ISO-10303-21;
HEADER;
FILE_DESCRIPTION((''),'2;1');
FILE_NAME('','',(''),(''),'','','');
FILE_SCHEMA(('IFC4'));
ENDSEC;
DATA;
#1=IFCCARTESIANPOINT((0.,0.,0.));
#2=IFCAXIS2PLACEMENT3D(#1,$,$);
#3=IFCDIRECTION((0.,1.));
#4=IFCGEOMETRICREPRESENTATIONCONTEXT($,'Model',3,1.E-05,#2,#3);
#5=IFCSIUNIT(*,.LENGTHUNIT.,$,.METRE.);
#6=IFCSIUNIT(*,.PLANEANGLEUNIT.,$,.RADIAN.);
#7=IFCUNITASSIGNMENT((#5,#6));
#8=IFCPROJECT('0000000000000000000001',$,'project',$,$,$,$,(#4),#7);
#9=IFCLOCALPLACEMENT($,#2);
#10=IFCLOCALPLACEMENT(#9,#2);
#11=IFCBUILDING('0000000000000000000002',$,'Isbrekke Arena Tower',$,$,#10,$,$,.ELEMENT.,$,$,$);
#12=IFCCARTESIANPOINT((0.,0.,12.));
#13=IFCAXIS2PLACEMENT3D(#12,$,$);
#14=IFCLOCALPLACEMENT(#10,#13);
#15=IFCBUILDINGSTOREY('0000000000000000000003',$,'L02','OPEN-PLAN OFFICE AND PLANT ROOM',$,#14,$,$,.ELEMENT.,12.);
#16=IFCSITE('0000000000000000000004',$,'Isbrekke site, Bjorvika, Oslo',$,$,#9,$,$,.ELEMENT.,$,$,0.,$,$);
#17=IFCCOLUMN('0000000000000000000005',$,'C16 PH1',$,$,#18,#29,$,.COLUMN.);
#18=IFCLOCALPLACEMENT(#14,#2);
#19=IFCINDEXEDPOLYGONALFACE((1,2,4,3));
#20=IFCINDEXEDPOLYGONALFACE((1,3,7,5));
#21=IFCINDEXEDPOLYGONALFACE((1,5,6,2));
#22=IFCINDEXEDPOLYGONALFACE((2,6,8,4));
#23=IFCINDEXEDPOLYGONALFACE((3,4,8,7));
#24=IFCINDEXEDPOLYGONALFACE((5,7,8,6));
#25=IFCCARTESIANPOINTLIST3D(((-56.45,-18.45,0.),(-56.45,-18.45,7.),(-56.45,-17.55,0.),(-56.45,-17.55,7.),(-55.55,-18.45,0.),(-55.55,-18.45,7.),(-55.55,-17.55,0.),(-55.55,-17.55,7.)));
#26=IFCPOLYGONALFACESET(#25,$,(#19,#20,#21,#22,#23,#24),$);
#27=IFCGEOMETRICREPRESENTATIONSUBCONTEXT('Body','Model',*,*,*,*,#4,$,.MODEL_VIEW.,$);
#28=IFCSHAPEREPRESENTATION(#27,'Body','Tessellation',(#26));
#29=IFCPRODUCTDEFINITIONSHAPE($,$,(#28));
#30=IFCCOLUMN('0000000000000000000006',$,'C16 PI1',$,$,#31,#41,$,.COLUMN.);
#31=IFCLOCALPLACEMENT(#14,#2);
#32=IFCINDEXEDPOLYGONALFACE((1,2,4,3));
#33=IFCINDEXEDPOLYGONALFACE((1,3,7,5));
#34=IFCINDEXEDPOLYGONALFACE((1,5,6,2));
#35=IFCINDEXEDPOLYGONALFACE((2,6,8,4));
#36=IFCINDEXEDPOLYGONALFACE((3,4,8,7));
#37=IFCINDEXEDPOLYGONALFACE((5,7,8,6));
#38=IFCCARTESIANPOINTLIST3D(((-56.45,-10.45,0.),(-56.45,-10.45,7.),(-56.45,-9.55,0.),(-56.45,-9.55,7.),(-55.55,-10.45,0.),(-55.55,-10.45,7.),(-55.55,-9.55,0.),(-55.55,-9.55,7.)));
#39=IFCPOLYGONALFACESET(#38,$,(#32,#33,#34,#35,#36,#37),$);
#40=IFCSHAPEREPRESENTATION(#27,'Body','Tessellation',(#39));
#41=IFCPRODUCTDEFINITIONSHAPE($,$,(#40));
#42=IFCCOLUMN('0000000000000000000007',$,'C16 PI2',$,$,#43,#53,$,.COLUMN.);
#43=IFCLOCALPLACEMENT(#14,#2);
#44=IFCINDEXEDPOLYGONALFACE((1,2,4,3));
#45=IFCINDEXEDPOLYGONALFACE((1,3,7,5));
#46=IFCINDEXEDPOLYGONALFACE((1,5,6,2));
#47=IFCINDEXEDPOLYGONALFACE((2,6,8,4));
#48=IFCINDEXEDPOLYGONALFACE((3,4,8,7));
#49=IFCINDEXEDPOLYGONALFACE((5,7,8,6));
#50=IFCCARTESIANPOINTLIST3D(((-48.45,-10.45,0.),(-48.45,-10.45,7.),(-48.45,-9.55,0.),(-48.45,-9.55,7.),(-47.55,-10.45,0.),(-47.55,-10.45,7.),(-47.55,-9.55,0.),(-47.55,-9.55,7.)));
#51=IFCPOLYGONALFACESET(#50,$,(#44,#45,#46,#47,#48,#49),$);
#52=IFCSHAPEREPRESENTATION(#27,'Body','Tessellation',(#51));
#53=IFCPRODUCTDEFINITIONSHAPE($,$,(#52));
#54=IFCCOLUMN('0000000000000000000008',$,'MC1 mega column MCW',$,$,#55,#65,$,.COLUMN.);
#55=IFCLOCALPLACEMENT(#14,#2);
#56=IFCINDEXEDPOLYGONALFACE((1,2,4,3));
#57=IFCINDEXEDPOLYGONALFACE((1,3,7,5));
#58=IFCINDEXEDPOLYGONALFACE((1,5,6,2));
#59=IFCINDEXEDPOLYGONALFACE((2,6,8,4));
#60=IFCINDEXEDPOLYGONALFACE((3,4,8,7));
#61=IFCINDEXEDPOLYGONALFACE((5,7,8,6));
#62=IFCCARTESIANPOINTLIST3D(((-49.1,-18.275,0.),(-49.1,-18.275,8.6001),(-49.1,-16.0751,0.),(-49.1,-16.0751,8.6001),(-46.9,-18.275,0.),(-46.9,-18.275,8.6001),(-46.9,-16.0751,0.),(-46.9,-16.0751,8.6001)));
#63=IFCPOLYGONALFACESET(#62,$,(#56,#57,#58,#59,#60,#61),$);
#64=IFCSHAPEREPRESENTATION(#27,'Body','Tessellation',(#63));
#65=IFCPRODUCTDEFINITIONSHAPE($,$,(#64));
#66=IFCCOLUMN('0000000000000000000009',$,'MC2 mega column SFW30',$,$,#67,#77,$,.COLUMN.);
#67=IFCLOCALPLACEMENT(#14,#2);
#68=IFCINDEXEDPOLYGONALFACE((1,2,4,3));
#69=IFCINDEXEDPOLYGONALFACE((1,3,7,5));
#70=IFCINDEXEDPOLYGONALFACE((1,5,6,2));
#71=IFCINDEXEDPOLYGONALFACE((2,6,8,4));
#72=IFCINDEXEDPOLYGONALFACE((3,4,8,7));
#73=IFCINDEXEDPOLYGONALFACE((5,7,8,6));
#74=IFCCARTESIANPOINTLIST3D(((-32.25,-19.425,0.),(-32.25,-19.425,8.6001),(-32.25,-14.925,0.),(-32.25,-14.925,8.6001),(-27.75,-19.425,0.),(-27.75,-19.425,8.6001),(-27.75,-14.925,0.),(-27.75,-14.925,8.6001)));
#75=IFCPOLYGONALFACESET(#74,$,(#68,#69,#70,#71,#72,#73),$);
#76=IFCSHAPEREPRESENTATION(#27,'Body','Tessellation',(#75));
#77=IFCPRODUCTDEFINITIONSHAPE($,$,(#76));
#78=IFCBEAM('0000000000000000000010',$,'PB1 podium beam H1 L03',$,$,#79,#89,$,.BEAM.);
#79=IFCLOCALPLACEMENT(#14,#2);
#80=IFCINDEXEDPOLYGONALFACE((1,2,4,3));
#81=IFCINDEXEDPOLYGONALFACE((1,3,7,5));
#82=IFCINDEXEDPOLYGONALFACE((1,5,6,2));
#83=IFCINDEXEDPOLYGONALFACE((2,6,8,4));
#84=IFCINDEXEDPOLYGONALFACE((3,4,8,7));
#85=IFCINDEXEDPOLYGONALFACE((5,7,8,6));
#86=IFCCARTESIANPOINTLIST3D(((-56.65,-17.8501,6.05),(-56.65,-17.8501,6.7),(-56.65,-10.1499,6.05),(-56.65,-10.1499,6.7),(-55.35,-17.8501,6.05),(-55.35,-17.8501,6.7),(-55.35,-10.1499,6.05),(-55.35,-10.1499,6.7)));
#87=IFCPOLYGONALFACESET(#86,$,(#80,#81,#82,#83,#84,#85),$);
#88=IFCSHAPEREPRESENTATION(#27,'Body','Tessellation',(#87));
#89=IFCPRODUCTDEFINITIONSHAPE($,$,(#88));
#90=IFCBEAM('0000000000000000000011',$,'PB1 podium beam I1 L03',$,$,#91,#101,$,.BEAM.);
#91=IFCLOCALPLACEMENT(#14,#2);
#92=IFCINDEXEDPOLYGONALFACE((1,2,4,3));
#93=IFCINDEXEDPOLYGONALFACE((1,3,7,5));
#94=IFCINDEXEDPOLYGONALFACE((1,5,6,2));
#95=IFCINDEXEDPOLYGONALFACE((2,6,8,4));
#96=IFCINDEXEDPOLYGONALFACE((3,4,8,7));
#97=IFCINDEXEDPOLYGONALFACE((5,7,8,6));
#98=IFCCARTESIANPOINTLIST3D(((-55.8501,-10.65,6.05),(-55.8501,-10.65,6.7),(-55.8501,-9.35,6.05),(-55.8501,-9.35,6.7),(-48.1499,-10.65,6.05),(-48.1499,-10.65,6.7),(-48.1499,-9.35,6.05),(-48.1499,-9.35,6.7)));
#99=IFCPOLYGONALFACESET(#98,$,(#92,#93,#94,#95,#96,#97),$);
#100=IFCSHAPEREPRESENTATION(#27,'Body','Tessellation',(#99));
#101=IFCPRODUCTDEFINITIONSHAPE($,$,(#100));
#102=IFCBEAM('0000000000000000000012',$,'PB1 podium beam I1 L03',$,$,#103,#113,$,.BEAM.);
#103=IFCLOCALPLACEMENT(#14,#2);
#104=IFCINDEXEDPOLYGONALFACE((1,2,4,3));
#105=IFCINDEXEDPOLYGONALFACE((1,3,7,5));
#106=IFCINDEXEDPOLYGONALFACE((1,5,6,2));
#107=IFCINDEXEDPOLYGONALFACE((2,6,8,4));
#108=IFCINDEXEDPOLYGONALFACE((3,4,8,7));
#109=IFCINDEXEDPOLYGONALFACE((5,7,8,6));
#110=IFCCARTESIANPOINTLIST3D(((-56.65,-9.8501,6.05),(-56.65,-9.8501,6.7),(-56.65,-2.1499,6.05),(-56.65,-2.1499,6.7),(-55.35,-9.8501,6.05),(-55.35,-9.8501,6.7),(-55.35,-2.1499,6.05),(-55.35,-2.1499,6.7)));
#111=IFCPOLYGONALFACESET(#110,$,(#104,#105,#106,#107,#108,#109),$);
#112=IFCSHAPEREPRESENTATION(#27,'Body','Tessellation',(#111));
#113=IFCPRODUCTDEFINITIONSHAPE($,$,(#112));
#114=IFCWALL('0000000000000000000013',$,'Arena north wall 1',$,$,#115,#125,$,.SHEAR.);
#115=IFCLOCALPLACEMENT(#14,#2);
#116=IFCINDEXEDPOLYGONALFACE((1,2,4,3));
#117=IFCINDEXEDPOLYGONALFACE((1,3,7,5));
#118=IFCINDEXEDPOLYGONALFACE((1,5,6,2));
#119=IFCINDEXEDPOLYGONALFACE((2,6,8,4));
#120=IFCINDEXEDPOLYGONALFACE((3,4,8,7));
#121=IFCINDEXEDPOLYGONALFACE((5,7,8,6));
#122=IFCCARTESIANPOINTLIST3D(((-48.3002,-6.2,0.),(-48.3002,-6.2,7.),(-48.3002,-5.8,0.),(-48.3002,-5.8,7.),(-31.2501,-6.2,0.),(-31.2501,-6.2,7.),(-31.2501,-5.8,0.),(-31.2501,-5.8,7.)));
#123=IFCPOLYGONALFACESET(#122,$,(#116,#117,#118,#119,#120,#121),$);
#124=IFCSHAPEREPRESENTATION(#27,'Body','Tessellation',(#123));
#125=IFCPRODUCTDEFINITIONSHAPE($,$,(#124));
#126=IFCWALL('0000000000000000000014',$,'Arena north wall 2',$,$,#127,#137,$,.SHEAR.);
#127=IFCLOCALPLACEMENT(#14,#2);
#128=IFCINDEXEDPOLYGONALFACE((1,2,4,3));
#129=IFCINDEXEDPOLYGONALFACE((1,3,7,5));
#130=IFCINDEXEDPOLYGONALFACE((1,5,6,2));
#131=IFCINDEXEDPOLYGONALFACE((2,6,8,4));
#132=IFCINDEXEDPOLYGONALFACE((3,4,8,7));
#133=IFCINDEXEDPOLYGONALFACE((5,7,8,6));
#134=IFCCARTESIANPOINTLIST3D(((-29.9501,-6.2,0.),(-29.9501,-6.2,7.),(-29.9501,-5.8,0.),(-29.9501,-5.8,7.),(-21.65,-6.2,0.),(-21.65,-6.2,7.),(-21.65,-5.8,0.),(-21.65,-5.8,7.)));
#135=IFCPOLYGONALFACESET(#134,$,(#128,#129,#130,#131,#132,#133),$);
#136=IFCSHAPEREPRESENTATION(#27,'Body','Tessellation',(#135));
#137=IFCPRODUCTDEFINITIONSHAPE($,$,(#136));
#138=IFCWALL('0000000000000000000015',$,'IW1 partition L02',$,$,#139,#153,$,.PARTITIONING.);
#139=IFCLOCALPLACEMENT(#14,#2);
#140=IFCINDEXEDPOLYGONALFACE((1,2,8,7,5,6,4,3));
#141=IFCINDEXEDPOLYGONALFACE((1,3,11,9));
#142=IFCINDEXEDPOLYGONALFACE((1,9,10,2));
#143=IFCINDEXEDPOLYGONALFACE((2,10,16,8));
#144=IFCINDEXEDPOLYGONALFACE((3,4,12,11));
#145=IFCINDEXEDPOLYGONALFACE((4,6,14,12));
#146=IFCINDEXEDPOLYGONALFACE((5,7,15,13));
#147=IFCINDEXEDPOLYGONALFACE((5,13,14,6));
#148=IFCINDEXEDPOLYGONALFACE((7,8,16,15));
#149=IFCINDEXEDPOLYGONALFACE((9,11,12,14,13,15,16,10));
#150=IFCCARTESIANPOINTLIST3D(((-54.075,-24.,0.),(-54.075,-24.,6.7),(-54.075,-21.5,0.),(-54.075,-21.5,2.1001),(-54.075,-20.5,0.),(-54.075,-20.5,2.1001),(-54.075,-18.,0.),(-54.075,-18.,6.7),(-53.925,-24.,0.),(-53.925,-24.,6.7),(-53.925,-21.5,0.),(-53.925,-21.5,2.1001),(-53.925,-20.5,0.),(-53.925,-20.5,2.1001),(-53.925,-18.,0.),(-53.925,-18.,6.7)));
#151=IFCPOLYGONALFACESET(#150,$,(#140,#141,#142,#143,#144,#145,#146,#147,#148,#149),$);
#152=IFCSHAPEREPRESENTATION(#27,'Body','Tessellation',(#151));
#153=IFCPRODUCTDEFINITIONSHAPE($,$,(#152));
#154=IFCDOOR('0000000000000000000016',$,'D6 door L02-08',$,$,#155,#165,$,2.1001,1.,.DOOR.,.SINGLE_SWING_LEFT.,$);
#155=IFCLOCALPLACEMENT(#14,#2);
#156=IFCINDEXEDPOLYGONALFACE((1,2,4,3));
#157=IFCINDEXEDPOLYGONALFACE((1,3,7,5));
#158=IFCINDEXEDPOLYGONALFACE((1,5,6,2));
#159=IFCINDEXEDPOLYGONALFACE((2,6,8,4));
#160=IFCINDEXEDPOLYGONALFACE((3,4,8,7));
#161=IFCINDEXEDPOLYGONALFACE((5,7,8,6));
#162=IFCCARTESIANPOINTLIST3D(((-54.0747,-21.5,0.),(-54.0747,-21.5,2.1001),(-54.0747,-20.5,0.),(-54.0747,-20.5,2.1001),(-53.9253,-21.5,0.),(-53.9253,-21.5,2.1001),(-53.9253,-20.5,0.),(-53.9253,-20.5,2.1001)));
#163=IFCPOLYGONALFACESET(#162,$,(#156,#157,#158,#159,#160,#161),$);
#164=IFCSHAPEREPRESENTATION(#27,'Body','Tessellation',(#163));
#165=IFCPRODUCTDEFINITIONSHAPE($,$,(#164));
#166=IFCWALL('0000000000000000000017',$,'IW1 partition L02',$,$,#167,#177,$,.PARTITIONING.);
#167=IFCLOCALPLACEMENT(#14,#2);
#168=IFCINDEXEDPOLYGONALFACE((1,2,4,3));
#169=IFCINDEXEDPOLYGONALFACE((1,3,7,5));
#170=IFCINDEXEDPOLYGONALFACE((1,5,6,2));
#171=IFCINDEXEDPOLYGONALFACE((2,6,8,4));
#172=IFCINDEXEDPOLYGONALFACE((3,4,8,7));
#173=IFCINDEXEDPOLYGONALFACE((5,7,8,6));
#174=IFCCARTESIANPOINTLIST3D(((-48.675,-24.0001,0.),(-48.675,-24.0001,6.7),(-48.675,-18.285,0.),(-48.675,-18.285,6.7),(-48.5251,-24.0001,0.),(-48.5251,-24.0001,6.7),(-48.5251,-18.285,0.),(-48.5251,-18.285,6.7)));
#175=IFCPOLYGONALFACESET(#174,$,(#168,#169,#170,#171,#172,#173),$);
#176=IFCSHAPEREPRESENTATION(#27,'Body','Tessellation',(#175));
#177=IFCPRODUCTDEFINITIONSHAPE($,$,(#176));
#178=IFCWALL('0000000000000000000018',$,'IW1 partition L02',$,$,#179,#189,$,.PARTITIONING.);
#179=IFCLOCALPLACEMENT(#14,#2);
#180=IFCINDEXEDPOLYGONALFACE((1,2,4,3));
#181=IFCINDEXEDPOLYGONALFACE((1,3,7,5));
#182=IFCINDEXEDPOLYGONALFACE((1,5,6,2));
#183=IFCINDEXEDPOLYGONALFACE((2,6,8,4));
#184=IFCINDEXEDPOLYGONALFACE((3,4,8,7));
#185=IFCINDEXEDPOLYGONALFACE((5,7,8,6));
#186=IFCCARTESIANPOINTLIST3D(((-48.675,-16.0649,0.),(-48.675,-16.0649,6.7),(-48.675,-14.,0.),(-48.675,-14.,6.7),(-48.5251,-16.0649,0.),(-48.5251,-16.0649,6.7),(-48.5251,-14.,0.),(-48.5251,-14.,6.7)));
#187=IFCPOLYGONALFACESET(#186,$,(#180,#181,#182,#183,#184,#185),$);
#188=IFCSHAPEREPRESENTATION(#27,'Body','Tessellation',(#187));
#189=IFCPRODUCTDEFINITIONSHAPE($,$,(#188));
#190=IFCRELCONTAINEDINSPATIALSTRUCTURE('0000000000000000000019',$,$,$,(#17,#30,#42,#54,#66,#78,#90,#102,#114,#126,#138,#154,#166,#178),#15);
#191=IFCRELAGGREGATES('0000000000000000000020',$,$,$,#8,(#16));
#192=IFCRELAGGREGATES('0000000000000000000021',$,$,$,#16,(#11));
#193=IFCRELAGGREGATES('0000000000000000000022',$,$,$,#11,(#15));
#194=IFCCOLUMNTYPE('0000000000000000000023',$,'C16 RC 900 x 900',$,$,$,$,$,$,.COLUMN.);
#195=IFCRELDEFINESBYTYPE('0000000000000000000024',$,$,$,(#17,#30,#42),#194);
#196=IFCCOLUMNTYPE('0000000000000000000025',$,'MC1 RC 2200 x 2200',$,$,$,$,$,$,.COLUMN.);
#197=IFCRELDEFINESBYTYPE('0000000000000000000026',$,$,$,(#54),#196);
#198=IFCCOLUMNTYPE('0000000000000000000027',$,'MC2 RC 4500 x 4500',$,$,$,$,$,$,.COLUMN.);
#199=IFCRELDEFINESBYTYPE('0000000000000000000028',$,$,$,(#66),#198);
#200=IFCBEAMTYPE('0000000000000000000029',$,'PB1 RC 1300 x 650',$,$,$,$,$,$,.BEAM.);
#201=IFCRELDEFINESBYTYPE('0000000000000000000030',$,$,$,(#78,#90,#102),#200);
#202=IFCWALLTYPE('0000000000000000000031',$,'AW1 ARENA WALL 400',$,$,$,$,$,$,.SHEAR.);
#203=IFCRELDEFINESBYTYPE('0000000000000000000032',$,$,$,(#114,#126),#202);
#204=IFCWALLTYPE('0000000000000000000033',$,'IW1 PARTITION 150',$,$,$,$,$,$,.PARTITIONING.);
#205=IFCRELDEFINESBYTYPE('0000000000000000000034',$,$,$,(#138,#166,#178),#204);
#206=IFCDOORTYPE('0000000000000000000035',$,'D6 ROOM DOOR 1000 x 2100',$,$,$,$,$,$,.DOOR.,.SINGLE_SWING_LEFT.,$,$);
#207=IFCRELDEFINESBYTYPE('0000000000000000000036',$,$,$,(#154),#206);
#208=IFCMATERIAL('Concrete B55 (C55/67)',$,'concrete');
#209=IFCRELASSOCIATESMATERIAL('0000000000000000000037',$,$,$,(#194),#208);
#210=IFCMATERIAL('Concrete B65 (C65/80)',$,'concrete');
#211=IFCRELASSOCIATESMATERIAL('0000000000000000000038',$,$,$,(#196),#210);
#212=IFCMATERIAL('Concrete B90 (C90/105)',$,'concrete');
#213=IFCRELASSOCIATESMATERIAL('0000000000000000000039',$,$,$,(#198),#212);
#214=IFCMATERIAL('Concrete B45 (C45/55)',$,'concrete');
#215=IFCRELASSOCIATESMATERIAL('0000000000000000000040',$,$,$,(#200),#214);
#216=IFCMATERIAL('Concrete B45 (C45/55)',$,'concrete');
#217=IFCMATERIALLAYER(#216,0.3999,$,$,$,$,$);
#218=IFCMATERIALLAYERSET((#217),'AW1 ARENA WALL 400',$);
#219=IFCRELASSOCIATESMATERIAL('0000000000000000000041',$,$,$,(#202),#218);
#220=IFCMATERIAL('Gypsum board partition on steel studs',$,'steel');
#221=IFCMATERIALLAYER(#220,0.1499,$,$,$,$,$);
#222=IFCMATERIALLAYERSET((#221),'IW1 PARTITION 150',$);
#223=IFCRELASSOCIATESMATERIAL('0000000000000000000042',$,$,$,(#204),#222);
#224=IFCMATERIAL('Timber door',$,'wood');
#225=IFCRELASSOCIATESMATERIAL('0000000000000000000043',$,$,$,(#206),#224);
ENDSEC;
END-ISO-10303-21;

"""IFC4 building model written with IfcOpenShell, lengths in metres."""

from ifc_helpers import new_model, si_unit, direction, frame, frame_2d, origin, origin_2d, place, context, subcontext, project, spatial, rectangle, extrude, material, layer, layer_set, material_profile, profile_set, type_object, element, fill, save


model = new_model("IFC4")

# Units and contexts
model_context = context("Model", 3, precision=1e-05, world=origin(), true_north=direction((0.0, 1.0)))
body_context = subcontext(model_context, "Body", "Model", "MODEL_VIEW")
ifc_project = project(units=[si_unit("LENGTHUNIT", "METRE"), si_unit("PLANEANGLEUNIT", "RADIAN")], contexts=[model_context])

# Site, building, storey
site_placement = place(None, origin())
site = spatial("IfcSite", under=ifc_project, at=site_placement, Name="Isbrekke site, Bjorvika, Oslo", CompositionType="ELEMENT", RefElevation=0.0)
building_placement = place(site_placement, origin())
building = spatial("IfcBuilding", under=site, at=building_placement, Name="Isbrekke Arena Tower", CompositionType="ELEMENT")
storey_placement = place(building_placement, frame((0.0, 0.0, 12.0)))
storey = spatial("IfcBuildingStorey", under=building, at=storey_placement, Name="L02", Description="OPEN-PLAN OFFICE AND PLANT ROOM", CompositionType="ELEMENT", Elevation=12.0)

# Columns
ifc_material_1 = material(Name="Concrete B55 (C55/67)", Category="concrete")
ifc_material_profile_1 = material_profile(ifc_material_1, rectangle(XDim=0.8999, YDim=0.8999, at=origin_2d()), Name="RC 900x900")
ifc_profile_set_1 = profile_set([ifc_material_profile_1], Name="Concrete B55 (C55/67)")
column_type_1 = type_object("IfcColumnType", Name="C16 RC 900 x 900", PredefinedType="COLUMN", material=ifc_profile_set_1)
for number, where, z_axis, x_axis, name in (
    (1, (-56.0, -18.0, 0.0), (0.0, 0.0, 1.0), (1.0, 0.0, 0.0), "C16 PH1"),
    (2, (-56.0, -10.0, 0.0), (0.0, 0.0, 1.0), (1.0, 0.0, 0.0), "C16 PI1"),
    (3, (-48.0, -10.0, 0.0), (0.0, 0.0, 1.0), (1.0, 0.0, 0.0), "C16 PI2"),
):
    element("IfcColumn", number, at=place(storey_placement, frame(where, z_axis=z_axis, x_axis=x_axis)), inside=storey, type_object=column_type_1, Name=name, PredefinedType="COLUMN", context=body_context, shape_type="SweptSolid", body=[
        extrude(rectangle(XDim=0.8999, YDim=0.8999, at=origin_2d()), origin(), (0.0, 0.0, 1.0), 7.0),
    ])
ifc_material_2 = material(Name="Concrete B65 (C65/80)", Category="concrete")
ifc_material_profile_2 = material_profile(ifc_material_2, rectangle(XDim=2.2, YDim=2.2, at=origin_2d()), Name="RC 2200x2200")
ifc_profile_set_2 = profile_set([ifc_material_profile_2], Name="Concrete B65 (C65/80)")
column_type_2 = type_object("IfcColumnType", Name="MC1 RC 2200 x 2200", PredefinedType="COLUMN", material=ifc_profile_set_2)
column_1_placement = place(storey_placement, frame((-48.0, -17.175, 0.0), z_axis=(0.0, 0.0, 1.0), x_axis=(1.0, 0.0, 0.0)))
element("IfcColumn", 4, at=column_1_placement, inside=storey, type_object=column_type_2, Name="MC1 mega column MCW", PredefinedType="COLUMN", context=body_context, shape_type="SweptSolid", body=[
    extrude(rectangle(XDim=2.2, YDim=2.2, at=origin_2d()), origin(), (0.0, 0.0, 1.0), 8.6001),
])
ifc_material_3 = material(Name="Concrete B90 (C90/105)", Category="concrete")
ifc_material_profile_3 = material_profile(ifc_material_3, rectangle(XDim=4.5, YDim=4.5, at=origin_2d()), Name="RC 4500x4500")
ifc_profile_set_3 = profile_set([ifc_material_profile_3], Name="Concrete B90 (C90/105)")
column_type_3 = type_object("IfcColumnType", Name="MC2 RC 4500 x 4500", PredefinedType="COLUMN", material=ifc_profile_set_3)
column_2_placement = place(storey_placement, frame((-30.0, -17.175, 0.0), z_axis=(0.0, 0.0, 1.0), x_axis=(1.0, 0.0, 0.0)))
element("IfcColumn", 5, at=column_2_placement, inside=storey, type_object=column_type_3, Name="MC2 mega column SFW30", PredefinedType="COLUMN", context=body_context, shape_type="SweptSolid", body=[
    extrude(rectangle(XDim=4.5, YDim=4.5, at=origin_2d()), origin(), (0.0, 0.0, 1.0), 8.6001),
])

# Beams
ifc_material_4 = material(Name="Concrete B45 (C45/55)", Category="concrete")
ifc_material_profile_4 = material_profile(ifc_material_4, rectangle(XDim=1.3, YDim=0.6499, at=origin_2d()), Name="RC 1300x650")
ifc_profile_set_4 = profile_set([ifc_material_profile_4], Name="Concrete B45 (C45/55)")
beam_type = type_object("IfcBeamType", Name="PB1 RC 1300 x 650", PredefinedType="BEAM", material=ifc_profile_set_4)
for number, where, z_axis, x_axis, name in (
    (6, (-56.0, -17.8501, 6.375), (0.0, 1.0, 0.0), (-1.0, 0.0, 0.0), "PB1 podium beam H1 L03"),
    (7, (-55.8501, -10.0, 6.375), (1.0, 0.0, 0.0), (0.0, 1.0, 0.0), "PB1 podium beam I1 L03"),
    (8, (-56.0, -9.8501, 6.375), (0.0, 1.0, 0.0), (-1.0, 0.0, 0.0), "PB1 podium beam I1 L03"),
):
    element("IfcBeam", number, at=place(storey_placement, frame(where, z_axis=z_axis, x_axis=x_axis)), inside=storey, type_object=beam_type, Name=name, PredefinedType="BEAM", context=body_context, shape_type="SweptSolid", body=[
        extrude(rectangle(XDim=1.3, YDim=0.6499, at=origin_2d()), origin(), (0.0, 0.0, 1.0), 7.7002),
    ])

# Walls
ifc_material_5 = material(Name="Concrete B45 (C45/55)", Category="concrete")
ifc_layer_1 = layer(ifc_material_5, 0.3999)
ifc_layer_set_1 = layer_set([ifc_layer_1], Name="AW1 ARENA WALL 400")
wall_type_1 = type_object("IfcWallType", Name="AW1 ARENA WALL 400", PredefinedType="SHEAR", material=ifc_layer_set_1)
wall_1_placement = place(storey_placement, frame((-48.3, -6.0, 0.0), z_axis=(0.0, 0.0, 1.0), x_axis=(1.0, 0.0, 0.0)))
element("IfcWall", 9, at=wall_1_placement, inside=storey, type_object=wall_type_1, Name="Arena north wall 1", PredefinedType="SHEAR", context=body_context, shape_type="SweptSolid", body=[
    extrude(rectangle(XDim=17.05, YDim=0.3999, at=frame_2d((8.5249, 0.0))), origin(), (0.0, 0.0, 1.0), 7.0),
])
wall_2_placement = place(storey_placement, frame((-29.95, -6.0, 0.0), z_axis=(0.0, 0.0, 1.0), x_axis=(1.0, 0.0, 0.0)))
element("IfcWall", 10, at=wall_2_placement, inside=storey, type_object=wall_type_1, Name="Arena north wall 2", PredefinedType="SHEAR", context=body_context, shape_type="SweptSolid", body=[
    extrude(rectangle(XDim=8.3, YDim=0.3999, at=frame_2d((4.1499, 0.0))), origin(), (0.0, 0.0, 1.0), 7.0),
])

# Wall, opening, door
ifc_material_6 = material(Name="Gypsum board partition on steel studs", Category="steel")
ifc_layer_2 = layer(ifc_material_6, 0.1499)
ifc_layer_set_2 = layer_set([ifc_layer_2], Name="IW1 PARTITION 150")
wall_type_2 = type_object("IfcWallType", Name="IW1 PARTITION 150", PredefinedType="PARTITIONING", material=ifc_layer_set_2)
wall_3_placement = place(storey_placement, frame((-54.0, -24.0, 0.0), z_axis=(0.0, 0.0, 1.0), x_axis=(0.0, 1.0, 0.0)))
wall_3 = element("IfcWall", 11, at=wall_3_placement, inside=storey, type_object=wall_type_2, Name="IW1 partition L02", PredefinedType="PARTITIONING", context=body_context, shape_type="SweptSolid", body=[
    extrude(rectangle(XDim=6.0, YDim=0.1499, at=frame_2d((3.0, 0.0))), origin(), (0.0, 0.0, 1.0), 6.7),
])
opening_1_placement = place(wall_3_placement, frame((2.5, 0.0, 0.0)))
opening_1 = element("IfcOpeningElement", 12, at=opening_1_placement, cuts=wall_3, PredefinedType="OPENING", context=body_context, shape_type="SweptSolid", body=[
    extrude(rectangle(XDim=1.0, YDim=2.1001, at=frame_2d((0.5, 1.05))), frame((0.0, 0.0898, 0.0), z_axis=(0.0, -1.0, 0.0), x_axis=(1.0, 0.0, 0.0)), (0.0, 0.0, 1.0), 0.1797),
])
ifc_material_7 = material(Name="Timber door", Category="wood")
door_type_1 = type_object("IfcDoorType", Name="D6 ROOM DOOR 1000 x 2100", OperationType="SINGLE_SWING_LEFT", PredefinedType="DOOR", material=ifc_material_7)
door_1_placement = place(opening_1_placement, origin())
door_1 = element("IfcDoor", 13, at=door_1_placement, inside=storey, type_object=door_type_1, Name="D6 door L02-08", OperationType="SINGLE_SWING_LEFT", OverallHeight=2.1001, OverallWidth=1.0, PredefinedType="DOOR", context=body_context, shape_type="SweptSolid", body=[
    extrude(rectangle(XDim=1.0, YDim=2.1001, at=frame_2d((0.5, 1.05))), frame((0.0, 0.0747, 0.0), z_axis=(0.0, -1.0, 0.0), x_axis=(1.0, 0.0, 0.0)), (0.0, 0.0, 1.0), 0.1494),
])
fill(opening_1, door_1)

# Walls
wall_4_placement = place(storey_placement, frame((-48.6001, -24.0, 0.0), z_axis=(0.0, 0.0, 1.0), x_axis=(0.0, 1.0, 0.0)))
element("IfcWall", 14, at=wall_4_placement, inside=storey, type_object=wall_type_2, Name="IW1 partition L02", PredefinedType="PARTITIONING", context=body_context, shape_type="SweptSolid", body=[
    extrude(rectangle(XDim=5.7151, YDim=0.1499, at=frame_2d((2.8574, 0.0))), origin(), (0.0, 0.0, 1.0), 6.7),
])
wall_5_placement = place(storey_placement, frame((-48.6001, -16.0649, 0.0), z_axis=(0.0, 0.0, 1.0), x_axis=(0.0, 1.0, 0.0)))
element("IfcWall", 15, at=wall_5_placement, inside=storey, type_object=wall_type_2, Name="IW1 partition L02", PredefinedType="PARTITIONING", context=body_context, shape_type="SweptSolid", body=[
    extrude(rectangle(XDim=2.0649, YDim=0.1499, at=frame_2d((1.0325, 0.0))), origin(), (0.0, 0.0, 1.0), 6.7),
])

save(model, "model.ifc")
